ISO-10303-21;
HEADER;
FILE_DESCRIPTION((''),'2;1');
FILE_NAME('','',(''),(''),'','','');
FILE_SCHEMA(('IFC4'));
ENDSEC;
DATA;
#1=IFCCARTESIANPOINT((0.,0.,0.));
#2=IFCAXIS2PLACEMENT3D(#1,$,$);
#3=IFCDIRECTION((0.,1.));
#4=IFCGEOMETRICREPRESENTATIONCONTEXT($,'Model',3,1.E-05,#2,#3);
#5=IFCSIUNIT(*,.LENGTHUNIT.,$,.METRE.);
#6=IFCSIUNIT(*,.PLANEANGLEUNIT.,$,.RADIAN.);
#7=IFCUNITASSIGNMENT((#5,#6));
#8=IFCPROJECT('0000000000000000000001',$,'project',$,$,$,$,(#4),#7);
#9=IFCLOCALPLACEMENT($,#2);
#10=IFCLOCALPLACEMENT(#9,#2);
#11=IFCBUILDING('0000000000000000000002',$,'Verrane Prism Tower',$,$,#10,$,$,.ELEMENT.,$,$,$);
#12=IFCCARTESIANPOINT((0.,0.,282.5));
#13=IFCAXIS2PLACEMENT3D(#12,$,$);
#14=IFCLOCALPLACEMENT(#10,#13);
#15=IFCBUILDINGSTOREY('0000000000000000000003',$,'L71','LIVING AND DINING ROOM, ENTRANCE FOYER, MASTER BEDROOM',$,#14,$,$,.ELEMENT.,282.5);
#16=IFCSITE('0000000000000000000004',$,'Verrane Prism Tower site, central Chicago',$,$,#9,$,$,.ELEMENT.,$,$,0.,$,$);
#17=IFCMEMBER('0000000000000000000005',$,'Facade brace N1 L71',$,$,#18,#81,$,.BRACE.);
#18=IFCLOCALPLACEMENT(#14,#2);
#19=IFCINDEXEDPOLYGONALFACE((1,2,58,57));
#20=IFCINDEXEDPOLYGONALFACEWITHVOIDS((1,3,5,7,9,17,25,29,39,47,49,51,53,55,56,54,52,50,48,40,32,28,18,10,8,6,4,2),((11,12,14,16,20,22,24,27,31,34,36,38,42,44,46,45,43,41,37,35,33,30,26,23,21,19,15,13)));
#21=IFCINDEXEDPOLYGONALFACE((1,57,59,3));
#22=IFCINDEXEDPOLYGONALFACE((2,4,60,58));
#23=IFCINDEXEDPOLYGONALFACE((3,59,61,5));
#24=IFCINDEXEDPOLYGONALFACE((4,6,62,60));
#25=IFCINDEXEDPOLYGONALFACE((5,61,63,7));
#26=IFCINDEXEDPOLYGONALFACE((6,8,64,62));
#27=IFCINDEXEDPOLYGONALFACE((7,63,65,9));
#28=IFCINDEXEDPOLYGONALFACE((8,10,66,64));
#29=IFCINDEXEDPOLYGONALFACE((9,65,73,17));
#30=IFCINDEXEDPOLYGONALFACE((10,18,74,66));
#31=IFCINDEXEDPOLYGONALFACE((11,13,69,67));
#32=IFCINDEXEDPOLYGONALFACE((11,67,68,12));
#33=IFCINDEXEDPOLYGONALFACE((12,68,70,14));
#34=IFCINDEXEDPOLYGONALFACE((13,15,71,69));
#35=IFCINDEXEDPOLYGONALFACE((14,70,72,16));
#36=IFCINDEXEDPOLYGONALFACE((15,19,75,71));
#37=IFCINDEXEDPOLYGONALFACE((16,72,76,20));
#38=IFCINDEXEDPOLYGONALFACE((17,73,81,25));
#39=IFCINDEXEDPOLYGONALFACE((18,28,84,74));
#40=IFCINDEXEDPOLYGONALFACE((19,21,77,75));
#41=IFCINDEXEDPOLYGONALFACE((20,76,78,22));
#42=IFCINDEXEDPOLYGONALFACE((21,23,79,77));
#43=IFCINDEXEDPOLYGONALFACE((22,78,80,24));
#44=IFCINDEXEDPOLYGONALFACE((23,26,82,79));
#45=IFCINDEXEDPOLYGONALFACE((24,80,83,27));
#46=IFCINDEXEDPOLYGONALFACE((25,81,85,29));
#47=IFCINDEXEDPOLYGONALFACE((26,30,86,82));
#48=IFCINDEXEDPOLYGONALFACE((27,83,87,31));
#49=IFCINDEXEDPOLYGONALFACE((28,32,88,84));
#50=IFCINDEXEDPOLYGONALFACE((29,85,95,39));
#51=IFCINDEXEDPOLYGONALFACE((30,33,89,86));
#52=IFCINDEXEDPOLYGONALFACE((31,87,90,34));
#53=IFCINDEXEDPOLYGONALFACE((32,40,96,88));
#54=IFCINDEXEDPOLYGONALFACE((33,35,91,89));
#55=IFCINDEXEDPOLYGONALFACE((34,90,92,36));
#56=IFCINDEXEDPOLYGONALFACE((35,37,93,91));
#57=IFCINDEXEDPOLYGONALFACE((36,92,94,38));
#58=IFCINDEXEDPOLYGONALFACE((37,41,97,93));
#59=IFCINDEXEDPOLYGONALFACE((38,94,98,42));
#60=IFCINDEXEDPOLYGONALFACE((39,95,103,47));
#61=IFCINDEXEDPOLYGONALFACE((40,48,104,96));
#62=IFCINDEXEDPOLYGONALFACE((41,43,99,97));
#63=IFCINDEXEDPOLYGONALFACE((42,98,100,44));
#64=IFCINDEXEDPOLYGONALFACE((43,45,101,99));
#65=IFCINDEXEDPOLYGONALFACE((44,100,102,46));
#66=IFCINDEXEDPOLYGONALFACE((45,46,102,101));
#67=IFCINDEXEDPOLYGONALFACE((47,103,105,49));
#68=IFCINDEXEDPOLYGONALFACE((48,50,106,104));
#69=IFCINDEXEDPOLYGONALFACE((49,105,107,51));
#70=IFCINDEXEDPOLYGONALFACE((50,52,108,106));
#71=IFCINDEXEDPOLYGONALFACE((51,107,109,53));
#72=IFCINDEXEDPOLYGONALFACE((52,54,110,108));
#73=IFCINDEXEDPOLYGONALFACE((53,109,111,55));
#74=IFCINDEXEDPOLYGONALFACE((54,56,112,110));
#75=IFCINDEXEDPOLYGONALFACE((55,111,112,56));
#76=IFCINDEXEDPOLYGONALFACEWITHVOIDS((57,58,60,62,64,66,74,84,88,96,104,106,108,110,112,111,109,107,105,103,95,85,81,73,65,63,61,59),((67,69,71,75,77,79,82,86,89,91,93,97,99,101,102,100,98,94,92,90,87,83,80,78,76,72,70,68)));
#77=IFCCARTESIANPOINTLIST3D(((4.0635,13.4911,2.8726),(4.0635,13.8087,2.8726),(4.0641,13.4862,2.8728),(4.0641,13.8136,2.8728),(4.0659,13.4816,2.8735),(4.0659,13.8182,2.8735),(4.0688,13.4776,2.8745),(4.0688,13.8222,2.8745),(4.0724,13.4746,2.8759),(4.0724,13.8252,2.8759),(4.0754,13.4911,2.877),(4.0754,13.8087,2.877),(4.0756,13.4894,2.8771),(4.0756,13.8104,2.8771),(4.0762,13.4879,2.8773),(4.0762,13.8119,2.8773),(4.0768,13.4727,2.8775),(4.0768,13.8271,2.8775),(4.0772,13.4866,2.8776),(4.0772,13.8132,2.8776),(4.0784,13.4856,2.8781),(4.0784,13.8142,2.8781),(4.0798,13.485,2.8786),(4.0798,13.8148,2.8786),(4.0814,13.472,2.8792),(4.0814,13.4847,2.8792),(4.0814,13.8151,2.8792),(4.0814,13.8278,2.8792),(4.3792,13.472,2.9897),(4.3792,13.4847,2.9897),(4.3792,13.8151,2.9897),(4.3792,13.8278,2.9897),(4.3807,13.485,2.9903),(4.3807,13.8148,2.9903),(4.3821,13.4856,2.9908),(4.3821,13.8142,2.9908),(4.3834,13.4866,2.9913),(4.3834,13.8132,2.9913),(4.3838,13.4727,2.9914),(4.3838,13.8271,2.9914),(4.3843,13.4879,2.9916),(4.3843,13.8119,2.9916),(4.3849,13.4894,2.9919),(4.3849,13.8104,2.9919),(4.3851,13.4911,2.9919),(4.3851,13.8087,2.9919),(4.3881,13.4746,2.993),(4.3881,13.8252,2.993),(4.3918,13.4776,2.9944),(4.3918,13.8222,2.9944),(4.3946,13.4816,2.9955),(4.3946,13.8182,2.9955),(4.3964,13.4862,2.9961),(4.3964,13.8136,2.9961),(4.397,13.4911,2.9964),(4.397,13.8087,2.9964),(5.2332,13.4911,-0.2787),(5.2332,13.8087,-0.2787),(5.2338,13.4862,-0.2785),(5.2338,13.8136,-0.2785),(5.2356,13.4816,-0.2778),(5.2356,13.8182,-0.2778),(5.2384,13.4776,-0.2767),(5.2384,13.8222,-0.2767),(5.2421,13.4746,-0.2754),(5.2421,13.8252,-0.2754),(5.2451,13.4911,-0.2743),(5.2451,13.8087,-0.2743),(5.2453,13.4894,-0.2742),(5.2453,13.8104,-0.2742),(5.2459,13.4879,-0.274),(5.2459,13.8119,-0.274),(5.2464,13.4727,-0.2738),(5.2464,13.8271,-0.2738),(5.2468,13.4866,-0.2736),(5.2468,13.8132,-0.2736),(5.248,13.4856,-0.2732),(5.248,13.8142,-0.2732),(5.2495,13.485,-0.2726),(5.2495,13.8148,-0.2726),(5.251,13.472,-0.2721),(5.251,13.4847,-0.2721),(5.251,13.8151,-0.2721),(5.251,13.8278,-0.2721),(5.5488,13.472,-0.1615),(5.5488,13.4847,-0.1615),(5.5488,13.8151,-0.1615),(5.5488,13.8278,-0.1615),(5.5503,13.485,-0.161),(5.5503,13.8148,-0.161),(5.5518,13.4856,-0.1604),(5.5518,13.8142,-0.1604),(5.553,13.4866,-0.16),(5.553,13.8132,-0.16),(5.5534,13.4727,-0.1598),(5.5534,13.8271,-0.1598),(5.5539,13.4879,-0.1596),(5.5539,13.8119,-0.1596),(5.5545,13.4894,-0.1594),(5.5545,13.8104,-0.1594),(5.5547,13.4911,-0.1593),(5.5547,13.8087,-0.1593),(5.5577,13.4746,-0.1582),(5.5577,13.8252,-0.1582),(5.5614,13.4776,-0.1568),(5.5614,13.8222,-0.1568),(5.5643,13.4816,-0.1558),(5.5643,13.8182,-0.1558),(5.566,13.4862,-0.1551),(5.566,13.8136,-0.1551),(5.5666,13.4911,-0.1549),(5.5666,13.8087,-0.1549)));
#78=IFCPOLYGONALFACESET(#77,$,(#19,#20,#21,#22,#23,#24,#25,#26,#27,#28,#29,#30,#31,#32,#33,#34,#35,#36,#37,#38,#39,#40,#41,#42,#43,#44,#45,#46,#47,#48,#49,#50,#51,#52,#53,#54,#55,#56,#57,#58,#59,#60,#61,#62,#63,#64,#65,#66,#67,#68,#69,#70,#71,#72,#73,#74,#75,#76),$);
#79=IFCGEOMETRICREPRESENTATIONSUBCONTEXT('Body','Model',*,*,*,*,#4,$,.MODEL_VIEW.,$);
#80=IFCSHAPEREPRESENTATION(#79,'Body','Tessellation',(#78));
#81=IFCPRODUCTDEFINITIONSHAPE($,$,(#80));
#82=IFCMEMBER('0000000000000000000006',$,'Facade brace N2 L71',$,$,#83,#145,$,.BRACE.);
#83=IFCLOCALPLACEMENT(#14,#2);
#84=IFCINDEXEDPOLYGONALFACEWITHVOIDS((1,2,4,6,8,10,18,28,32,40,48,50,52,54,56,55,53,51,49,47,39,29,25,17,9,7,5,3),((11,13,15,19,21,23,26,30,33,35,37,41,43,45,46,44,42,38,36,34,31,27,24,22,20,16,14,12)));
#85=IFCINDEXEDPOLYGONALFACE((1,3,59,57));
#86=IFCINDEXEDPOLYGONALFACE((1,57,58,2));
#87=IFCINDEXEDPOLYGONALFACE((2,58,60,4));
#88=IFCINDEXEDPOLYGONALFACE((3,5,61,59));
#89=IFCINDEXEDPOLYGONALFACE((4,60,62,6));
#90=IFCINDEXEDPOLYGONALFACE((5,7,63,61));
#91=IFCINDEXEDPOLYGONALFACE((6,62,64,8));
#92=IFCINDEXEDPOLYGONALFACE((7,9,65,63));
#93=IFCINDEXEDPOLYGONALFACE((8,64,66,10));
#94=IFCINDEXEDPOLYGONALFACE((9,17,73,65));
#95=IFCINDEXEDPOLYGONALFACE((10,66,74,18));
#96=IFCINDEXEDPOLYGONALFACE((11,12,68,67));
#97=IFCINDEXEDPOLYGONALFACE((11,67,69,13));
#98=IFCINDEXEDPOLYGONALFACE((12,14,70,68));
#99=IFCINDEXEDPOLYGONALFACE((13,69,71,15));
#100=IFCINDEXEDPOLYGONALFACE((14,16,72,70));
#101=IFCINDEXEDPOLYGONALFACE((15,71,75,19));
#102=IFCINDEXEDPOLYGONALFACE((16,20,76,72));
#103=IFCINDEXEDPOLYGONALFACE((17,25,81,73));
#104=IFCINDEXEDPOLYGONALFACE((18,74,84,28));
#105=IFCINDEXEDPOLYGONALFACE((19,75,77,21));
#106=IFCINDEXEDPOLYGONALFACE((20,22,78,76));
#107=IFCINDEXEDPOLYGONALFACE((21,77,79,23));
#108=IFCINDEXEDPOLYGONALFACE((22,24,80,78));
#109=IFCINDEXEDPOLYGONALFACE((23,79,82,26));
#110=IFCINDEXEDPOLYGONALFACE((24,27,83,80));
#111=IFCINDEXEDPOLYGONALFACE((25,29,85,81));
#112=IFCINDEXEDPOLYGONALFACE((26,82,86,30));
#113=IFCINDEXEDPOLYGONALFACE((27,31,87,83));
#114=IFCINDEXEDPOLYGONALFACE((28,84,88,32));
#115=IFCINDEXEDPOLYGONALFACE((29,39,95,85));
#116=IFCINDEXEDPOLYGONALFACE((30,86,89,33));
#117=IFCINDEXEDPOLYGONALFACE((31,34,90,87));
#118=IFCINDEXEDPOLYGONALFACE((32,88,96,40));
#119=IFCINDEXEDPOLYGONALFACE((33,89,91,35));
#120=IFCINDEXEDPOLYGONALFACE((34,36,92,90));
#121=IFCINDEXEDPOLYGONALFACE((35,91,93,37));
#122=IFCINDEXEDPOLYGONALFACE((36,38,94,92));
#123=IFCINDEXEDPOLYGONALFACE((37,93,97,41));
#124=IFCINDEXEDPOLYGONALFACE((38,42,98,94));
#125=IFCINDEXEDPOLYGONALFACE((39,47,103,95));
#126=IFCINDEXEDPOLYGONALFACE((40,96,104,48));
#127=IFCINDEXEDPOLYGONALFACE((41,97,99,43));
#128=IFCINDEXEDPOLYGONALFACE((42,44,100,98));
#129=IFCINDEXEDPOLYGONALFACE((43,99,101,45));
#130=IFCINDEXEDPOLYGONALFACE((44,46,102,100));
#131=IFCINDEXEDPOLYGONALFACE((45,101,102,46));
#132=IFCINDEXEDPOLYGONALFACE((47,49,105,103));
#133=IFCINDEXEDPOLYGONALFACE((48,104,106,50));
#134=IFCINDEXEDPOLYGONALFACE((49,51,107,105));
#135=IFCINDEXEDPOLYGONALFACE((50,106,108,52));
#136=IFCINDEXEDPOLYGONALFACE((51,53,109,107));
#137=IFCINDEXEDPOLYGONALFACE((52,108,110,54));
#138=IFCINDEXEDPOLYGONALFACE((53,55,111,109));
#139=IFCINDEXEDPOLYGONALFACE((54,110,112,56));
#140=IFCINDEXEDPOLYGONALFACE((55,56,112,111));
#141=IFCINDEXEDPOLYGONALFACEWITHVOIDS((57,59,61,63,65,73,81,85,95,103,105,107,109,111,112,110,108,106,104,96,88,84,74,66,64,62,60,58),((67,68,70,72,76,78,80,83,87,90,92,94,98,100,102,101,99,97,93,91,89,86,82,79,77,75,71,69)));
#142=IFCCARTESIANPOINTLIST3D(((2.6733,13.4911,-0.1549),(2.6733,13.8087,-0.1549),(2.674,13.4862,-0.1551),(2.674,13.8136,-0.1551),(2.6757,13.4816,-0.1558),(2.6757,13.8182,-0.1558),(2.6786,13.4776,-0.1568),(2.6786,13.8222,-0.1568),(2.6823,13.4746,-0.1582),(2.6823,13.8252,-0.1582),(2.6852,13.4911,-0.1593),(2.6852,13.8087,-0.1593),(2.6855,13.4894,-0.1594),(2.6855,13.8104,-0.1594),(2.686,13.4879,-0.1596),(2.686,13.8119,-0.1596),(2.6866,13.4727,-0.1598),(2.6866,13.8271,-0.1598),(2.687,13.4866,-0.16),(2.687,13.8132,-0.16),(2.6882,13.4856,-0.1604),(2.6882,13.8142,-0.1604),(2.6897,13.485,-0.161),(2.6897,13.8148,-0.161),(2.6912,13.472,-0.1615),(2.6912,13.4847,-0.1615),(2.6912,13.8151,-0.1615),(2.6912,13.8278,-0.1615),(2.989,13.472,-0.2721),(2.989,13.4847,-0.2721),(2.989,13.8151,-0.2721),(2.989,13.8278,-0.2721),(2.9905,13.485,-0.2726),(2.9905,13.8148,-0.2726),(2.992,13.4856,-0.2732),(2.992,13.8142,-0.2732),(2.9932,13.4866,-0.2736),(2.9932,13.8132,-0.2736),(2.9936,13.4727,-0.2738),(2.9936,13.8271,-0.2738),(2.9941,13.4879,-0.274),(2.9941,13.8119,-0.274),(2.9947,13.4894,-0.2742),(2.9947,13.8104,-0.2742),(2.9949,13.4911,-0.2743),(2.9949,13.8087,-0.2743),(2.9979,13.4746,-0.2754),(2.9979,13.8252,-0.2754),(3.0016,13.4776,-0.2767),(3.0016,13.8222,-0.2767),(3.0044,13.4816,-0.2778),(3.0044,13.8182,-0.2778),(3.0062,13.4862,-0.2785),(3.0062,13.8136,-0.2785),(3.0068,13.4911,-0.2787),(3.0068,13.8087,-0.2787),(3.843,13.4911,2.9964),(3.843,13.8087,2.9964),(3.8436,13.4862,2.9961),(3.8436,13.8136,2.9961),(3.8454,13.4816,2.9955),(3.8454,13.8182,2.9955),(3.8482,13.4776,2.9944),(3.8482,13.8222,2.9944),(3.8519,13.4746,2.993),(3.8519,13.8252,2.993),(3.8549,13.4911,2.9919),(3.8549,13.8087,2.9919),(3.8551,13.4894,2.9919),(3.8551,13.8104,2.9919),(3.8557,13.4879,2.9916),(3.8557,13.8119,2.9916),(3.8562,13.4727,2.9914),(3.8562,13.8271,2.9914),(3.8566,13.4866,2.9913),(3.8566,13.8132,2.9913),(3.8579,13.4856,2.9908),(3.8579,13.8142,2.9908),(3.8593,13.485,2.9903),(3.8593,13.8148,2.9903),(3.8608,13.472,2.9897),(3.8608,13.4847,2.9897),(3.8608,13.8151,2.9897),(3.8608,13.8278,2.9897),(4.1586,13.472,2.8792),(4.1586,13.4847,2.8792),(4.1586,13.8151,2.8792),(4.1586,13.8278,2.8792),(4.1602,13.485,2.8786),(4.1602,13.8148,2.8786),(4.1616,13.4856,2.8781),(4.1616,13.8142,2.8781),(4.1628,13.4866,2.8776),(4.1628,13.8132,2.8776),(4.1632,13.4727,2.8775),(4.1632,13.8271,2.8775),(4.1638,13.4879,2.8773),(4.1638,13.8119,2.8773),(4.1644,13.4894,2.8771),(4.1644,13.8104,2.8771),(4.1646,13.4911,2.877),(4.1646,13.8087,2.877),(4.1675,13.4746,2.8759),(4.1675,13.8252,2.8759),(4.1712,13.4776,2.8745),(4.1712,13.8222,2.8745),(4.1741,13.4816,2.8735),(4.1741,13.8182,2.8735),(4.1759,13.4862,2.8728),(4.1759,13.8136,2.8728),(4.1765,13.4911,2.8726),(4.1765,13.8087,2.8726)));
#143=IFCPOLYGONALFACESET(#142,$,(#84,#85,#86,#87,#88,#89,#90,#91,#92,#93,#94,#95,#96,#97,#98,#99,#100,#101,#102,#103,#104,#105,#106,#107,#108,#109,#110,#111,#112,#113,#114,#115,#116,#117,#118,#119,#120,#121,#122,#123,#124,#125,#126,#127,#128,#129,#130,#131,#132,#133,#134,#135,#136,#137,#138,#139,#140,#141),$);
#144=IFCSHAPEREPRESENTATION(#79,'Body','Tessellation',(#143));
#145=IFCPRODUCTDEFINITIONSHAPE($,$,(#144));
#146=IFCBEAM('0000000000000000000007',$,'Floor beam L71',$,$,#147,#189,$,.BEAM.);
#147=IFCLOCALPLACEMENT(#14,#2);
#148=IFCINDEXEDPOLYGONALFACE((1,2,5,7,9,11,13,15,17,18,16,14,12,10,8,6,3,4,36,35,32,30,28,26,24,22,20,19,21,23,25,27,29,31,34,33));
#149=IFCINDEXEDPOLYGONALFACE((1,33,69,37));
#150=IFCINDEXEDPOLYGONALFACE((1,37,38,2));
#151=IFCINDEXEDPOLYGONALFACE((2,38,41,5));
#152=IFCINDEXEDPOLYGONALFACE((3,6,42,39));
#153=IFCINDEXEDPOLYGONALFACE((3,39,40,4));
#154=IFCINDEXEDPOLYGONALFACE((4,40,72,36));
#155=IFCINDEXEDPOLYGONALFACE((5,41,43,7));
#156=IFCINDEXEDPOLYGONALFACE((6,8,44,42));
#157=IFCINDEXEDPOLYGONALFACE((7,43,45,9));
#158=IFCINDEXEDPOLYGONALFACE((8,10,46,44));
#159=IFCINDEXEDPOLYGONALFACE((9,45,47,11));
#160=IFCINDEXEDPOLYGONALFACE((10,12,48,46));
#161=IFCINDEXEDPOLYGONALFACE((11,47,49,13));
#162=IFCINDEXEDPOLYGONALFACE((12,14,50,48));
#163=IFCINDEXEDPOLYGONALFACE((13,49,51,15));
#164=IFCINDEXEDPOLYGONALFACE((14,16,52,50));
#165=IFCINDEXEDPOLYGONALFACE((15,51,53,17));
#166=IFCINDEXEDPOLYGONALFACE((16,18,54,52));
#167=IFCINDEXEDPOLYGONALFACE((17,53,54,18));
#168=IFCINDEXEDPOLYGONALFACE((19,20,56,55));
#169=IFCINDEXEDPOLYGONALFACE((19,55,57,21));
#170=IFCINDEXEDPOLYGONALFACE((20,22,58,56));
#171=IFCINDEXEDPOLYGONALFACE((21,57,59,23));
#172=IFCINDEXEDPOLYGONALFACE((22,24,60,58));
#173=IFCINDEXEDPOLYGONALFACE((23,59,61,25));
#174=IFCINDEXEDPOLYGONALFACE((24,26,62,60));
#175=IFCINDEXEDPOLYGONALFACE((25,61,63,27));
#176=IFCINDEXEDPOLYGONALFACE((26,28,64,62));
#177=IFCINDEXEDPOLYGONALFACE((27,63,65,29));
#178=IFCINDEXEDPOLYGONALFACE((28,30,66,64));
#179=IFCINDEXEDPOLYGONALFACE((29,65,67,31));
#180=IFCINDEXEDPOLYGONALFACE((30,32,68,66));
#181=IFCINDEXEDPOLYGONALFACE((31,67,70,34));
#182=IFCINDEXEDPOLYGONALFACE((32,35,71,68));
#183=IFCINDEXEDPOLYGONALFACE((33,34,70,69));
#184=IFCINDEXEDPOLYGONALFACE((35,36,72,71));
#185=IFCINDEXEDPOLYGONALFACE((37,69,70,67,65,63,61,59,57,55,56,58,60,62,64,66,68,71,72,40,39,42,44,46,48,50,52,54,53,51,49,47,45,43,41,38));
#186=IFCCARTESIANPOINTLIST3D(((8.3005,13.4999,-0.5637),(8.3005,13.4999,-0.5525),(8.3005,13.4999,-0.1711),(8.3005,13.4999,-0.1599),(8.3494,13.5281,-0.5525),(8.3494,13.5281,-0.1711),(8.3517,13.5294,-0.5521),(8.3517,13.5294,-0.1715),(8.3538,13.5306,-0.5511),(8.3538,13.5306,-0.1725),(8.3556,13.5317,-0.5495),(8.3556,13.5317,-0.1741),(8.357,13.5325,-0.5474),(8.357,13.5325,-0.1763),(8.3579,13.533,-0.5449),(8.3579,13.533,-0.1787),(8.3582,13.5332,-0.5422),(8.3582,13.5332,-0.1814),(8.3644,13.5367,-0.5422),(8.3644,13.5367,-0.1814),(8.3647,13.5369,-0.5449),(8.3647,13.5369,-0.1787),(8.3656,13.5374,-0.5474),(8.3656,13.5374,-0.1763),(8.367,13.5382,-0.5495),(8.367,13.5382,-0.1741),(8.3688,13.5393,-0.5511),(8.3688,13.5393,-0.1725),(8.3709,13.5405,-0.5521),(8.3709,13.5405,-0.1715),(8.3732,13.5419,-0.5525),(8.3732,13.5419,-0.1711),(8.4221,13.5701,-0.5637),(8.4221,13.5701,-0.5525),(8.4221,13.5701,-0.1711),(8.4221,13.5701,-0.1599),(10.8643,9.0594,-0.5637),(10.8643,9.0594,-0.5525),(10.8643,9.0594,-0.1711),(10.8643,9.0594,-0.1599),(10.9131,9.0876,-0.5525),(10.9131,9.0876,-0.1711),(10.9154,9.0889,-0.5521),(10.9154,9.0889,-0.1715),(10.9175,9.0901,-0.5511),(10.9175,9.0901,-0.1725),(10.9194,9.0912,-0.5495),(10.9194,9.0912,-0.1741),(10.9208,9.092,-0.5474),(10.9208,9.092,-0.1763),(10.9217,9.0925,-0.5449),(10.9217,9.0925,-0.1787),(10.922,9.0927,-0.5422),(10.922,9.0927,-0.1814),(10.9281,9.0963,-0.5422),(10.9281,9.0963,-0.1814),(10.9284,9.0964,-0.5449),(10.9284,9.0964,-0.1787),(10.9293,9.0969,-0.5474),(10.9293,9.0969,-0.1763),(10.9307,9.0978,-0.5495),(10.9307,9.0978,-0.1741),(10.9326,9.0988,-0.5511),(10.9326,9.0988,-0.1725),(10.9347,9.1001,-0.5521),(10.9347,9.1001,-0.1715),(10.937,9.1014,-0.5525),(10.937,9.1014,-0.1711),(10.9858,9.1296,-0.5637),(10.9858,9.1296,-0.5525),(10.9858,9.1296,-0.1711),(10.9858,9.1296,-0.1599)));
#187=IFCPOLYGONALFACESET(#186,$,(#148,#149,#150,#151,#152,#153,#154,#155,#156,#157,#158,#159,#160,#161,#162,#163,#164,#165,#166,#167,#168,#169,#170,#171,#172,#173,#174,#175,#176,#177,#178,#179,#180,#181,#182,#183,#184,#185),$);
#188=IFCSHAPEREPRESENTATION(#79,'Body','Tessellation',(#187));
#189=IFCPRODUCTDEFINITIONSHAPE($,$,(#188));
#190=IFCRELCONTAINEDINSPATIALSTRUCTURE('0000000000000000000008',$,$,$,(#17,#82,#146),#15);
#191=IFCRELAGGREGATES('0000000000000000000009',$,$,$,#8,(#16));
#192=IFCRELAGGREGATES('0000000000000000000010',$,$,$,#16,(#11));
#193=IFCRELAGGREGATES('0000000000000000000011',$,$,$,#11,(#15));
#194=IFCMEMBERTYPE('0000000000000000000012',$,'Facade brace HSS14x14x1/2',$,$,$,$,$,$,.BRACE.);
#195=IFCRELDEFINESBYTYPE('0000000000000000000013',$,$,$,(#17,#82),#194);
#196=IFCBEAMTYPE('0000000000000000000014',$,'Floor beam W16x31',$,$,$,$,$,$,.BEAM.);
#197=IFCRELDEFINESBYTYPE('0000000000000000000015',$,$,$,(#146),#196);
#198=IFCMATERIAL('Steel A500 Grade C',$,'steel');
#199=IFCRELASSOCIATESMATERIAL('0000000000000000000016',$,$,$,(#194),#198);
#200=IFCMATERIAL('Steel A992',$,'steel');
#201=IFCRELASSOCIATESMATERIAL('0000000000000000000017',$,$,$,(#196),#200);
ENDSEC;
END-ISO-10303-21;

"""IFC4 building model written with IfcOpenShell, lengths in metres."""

from ifc_helpers import new_model, si_unit, direction, frame, origin, origin_2d, place, context, subcontext, project, spatial, hollow_rectangle, i_section, extrude, material, material_profile, profile_set, type_object, element, save


model = new_model("IFC4")

# Units and contexts
model_context = context("Model", 3, precision=1e-05, world=origin(), true_north=direction((0.0, 1.0)))
body_context = subcontext(model_context, "Body", "Model", "MODEL_VIEW")
ifc_project = project(units=[si_unit("LENGTHUNIT", "METRE"), si_unit("PLANEANGLEUNIT", "RADIAN")], contexts=[model_context])

# Site, building, storey
site_placement = place(None, origin())
site = spatial("IfcSite", under=ifc_project, at=site_placement, Name="Verrane Prism Tower site, central Chicago", CompositionType="ELEMENT", RefElevation=0.0)
building_placement = place(site_placement, origin())
building = spatial("IfcBuilding", under=site, at=building_placement, Name="Verrane Prism Tower", CompositionType="ELEMENT")
storey_placement = place(building_placement, frame((0.0, 0.0, 282.5)))
storey = spatial("IfcBuildingStorey", under=building, at=storey_placement, Name="L71", Description="LIVING AND DINING ROOM, ENTRANCE FOYER, MASTER BEDROOM", CompositionType="ELEMENT", Elevation=282.5)

# Members
ifc_material_1 = material(Name="Steel A500 Grade C", Category="steel")
ifc_material_profile_1 = material_profile(ifc_material_1, hollow_rectangle(XDim=0.3557, YDim=0.3557, WallThickness=0.0127, InnerFilletRadius=0.0063, OuterFilletRadius=0.019, at=origin_2d()), Name="HSS14x14x1/2")
ifc_profile_set_1 = profile_set([ifc_material_profile_1], Name="Steel A500 Grade C")
member_type_1 = type_object("IfcMemberType", Name="Facade brace HSS14x14x1/2", PredefinedType="BRACE", material=ifc_profile_set_1)
for number, where, z_axis, x_axis, name in (
    (1, (5.3999, 13.6499, -0.2168), (-0.34797, 0.0, 0.937506), (0.0, -1.0, 0.0), "Facade brace N1 L71"),
    (2, (2.8401, 13.6499, -0.2168), (0.34797, 0.0, 0.937506), (0.0, 1.0, 0.0), "Facade brace N2 L71"),
):
    element("IfcMember", number, at=place(storey_placement, frame(where, z_axis=z_axis, x_axis=x_axis)), inside=storey, type_object=member_type_1, Name=name, PredefinedType="BRACE", context=body_context, shape_type="SweptSolid", body=[
        extrude(hollow_rectangle(XDim=0.3557, YDim=0.3557, WallThickness=0.0127, InnerFilletRadius=0.0063, OuterFilletRadius=0.019, at=origin_2d()), origin(), (0.0, 0.0, 1.0), 3.3613),
    ])

# Beam
ifc_material_2 = material(Name="Steel A992", Category="steel")
ifc_material_profile_2 = material_profile(ifc_material_2, i_section(OverallWidth=0.1404, OverallDepth=0.4038, WebThickness=0.0071, FlangeThickness=0.0112, FilletRadius=0.0103, at=origin_2d()), Name="W16x31")
ifc_profile_set_2 = profile_set([ifc_material_profile_2], Name="Steel A992")
beam_type_1 = type_object("IfcBeamType", Name="Floor beam W16x31", PredefinedType="BEAM", material=ifc_profile_set_2)
beam_1_placement = place(storey_placement, frame((10.925, 9.0945, -0.3618), z_axis=(-0.500005, 0.866022, 0.0), x_axis=(-0.866022, -0.500005, 0.0)))
element("IfcBeam", 3, at=beam_1_placement, inside=storey, type_object=beam_type_1, Name="Floor beam L71", PredefinedType="BEAM", context=body_context, shape_type="SweptSolid", body=[
    extrude(i_section(OverallWidth=0.1404, OverallDepth=0.4038, WebThickness=0.0071, FlangeThickness=0.0112, FilletRadius=0.0103, at=origin_2d()), origin(), (0.0, 0.0, 1.0), 5.1274),
])

save(model, "model.ifc")
